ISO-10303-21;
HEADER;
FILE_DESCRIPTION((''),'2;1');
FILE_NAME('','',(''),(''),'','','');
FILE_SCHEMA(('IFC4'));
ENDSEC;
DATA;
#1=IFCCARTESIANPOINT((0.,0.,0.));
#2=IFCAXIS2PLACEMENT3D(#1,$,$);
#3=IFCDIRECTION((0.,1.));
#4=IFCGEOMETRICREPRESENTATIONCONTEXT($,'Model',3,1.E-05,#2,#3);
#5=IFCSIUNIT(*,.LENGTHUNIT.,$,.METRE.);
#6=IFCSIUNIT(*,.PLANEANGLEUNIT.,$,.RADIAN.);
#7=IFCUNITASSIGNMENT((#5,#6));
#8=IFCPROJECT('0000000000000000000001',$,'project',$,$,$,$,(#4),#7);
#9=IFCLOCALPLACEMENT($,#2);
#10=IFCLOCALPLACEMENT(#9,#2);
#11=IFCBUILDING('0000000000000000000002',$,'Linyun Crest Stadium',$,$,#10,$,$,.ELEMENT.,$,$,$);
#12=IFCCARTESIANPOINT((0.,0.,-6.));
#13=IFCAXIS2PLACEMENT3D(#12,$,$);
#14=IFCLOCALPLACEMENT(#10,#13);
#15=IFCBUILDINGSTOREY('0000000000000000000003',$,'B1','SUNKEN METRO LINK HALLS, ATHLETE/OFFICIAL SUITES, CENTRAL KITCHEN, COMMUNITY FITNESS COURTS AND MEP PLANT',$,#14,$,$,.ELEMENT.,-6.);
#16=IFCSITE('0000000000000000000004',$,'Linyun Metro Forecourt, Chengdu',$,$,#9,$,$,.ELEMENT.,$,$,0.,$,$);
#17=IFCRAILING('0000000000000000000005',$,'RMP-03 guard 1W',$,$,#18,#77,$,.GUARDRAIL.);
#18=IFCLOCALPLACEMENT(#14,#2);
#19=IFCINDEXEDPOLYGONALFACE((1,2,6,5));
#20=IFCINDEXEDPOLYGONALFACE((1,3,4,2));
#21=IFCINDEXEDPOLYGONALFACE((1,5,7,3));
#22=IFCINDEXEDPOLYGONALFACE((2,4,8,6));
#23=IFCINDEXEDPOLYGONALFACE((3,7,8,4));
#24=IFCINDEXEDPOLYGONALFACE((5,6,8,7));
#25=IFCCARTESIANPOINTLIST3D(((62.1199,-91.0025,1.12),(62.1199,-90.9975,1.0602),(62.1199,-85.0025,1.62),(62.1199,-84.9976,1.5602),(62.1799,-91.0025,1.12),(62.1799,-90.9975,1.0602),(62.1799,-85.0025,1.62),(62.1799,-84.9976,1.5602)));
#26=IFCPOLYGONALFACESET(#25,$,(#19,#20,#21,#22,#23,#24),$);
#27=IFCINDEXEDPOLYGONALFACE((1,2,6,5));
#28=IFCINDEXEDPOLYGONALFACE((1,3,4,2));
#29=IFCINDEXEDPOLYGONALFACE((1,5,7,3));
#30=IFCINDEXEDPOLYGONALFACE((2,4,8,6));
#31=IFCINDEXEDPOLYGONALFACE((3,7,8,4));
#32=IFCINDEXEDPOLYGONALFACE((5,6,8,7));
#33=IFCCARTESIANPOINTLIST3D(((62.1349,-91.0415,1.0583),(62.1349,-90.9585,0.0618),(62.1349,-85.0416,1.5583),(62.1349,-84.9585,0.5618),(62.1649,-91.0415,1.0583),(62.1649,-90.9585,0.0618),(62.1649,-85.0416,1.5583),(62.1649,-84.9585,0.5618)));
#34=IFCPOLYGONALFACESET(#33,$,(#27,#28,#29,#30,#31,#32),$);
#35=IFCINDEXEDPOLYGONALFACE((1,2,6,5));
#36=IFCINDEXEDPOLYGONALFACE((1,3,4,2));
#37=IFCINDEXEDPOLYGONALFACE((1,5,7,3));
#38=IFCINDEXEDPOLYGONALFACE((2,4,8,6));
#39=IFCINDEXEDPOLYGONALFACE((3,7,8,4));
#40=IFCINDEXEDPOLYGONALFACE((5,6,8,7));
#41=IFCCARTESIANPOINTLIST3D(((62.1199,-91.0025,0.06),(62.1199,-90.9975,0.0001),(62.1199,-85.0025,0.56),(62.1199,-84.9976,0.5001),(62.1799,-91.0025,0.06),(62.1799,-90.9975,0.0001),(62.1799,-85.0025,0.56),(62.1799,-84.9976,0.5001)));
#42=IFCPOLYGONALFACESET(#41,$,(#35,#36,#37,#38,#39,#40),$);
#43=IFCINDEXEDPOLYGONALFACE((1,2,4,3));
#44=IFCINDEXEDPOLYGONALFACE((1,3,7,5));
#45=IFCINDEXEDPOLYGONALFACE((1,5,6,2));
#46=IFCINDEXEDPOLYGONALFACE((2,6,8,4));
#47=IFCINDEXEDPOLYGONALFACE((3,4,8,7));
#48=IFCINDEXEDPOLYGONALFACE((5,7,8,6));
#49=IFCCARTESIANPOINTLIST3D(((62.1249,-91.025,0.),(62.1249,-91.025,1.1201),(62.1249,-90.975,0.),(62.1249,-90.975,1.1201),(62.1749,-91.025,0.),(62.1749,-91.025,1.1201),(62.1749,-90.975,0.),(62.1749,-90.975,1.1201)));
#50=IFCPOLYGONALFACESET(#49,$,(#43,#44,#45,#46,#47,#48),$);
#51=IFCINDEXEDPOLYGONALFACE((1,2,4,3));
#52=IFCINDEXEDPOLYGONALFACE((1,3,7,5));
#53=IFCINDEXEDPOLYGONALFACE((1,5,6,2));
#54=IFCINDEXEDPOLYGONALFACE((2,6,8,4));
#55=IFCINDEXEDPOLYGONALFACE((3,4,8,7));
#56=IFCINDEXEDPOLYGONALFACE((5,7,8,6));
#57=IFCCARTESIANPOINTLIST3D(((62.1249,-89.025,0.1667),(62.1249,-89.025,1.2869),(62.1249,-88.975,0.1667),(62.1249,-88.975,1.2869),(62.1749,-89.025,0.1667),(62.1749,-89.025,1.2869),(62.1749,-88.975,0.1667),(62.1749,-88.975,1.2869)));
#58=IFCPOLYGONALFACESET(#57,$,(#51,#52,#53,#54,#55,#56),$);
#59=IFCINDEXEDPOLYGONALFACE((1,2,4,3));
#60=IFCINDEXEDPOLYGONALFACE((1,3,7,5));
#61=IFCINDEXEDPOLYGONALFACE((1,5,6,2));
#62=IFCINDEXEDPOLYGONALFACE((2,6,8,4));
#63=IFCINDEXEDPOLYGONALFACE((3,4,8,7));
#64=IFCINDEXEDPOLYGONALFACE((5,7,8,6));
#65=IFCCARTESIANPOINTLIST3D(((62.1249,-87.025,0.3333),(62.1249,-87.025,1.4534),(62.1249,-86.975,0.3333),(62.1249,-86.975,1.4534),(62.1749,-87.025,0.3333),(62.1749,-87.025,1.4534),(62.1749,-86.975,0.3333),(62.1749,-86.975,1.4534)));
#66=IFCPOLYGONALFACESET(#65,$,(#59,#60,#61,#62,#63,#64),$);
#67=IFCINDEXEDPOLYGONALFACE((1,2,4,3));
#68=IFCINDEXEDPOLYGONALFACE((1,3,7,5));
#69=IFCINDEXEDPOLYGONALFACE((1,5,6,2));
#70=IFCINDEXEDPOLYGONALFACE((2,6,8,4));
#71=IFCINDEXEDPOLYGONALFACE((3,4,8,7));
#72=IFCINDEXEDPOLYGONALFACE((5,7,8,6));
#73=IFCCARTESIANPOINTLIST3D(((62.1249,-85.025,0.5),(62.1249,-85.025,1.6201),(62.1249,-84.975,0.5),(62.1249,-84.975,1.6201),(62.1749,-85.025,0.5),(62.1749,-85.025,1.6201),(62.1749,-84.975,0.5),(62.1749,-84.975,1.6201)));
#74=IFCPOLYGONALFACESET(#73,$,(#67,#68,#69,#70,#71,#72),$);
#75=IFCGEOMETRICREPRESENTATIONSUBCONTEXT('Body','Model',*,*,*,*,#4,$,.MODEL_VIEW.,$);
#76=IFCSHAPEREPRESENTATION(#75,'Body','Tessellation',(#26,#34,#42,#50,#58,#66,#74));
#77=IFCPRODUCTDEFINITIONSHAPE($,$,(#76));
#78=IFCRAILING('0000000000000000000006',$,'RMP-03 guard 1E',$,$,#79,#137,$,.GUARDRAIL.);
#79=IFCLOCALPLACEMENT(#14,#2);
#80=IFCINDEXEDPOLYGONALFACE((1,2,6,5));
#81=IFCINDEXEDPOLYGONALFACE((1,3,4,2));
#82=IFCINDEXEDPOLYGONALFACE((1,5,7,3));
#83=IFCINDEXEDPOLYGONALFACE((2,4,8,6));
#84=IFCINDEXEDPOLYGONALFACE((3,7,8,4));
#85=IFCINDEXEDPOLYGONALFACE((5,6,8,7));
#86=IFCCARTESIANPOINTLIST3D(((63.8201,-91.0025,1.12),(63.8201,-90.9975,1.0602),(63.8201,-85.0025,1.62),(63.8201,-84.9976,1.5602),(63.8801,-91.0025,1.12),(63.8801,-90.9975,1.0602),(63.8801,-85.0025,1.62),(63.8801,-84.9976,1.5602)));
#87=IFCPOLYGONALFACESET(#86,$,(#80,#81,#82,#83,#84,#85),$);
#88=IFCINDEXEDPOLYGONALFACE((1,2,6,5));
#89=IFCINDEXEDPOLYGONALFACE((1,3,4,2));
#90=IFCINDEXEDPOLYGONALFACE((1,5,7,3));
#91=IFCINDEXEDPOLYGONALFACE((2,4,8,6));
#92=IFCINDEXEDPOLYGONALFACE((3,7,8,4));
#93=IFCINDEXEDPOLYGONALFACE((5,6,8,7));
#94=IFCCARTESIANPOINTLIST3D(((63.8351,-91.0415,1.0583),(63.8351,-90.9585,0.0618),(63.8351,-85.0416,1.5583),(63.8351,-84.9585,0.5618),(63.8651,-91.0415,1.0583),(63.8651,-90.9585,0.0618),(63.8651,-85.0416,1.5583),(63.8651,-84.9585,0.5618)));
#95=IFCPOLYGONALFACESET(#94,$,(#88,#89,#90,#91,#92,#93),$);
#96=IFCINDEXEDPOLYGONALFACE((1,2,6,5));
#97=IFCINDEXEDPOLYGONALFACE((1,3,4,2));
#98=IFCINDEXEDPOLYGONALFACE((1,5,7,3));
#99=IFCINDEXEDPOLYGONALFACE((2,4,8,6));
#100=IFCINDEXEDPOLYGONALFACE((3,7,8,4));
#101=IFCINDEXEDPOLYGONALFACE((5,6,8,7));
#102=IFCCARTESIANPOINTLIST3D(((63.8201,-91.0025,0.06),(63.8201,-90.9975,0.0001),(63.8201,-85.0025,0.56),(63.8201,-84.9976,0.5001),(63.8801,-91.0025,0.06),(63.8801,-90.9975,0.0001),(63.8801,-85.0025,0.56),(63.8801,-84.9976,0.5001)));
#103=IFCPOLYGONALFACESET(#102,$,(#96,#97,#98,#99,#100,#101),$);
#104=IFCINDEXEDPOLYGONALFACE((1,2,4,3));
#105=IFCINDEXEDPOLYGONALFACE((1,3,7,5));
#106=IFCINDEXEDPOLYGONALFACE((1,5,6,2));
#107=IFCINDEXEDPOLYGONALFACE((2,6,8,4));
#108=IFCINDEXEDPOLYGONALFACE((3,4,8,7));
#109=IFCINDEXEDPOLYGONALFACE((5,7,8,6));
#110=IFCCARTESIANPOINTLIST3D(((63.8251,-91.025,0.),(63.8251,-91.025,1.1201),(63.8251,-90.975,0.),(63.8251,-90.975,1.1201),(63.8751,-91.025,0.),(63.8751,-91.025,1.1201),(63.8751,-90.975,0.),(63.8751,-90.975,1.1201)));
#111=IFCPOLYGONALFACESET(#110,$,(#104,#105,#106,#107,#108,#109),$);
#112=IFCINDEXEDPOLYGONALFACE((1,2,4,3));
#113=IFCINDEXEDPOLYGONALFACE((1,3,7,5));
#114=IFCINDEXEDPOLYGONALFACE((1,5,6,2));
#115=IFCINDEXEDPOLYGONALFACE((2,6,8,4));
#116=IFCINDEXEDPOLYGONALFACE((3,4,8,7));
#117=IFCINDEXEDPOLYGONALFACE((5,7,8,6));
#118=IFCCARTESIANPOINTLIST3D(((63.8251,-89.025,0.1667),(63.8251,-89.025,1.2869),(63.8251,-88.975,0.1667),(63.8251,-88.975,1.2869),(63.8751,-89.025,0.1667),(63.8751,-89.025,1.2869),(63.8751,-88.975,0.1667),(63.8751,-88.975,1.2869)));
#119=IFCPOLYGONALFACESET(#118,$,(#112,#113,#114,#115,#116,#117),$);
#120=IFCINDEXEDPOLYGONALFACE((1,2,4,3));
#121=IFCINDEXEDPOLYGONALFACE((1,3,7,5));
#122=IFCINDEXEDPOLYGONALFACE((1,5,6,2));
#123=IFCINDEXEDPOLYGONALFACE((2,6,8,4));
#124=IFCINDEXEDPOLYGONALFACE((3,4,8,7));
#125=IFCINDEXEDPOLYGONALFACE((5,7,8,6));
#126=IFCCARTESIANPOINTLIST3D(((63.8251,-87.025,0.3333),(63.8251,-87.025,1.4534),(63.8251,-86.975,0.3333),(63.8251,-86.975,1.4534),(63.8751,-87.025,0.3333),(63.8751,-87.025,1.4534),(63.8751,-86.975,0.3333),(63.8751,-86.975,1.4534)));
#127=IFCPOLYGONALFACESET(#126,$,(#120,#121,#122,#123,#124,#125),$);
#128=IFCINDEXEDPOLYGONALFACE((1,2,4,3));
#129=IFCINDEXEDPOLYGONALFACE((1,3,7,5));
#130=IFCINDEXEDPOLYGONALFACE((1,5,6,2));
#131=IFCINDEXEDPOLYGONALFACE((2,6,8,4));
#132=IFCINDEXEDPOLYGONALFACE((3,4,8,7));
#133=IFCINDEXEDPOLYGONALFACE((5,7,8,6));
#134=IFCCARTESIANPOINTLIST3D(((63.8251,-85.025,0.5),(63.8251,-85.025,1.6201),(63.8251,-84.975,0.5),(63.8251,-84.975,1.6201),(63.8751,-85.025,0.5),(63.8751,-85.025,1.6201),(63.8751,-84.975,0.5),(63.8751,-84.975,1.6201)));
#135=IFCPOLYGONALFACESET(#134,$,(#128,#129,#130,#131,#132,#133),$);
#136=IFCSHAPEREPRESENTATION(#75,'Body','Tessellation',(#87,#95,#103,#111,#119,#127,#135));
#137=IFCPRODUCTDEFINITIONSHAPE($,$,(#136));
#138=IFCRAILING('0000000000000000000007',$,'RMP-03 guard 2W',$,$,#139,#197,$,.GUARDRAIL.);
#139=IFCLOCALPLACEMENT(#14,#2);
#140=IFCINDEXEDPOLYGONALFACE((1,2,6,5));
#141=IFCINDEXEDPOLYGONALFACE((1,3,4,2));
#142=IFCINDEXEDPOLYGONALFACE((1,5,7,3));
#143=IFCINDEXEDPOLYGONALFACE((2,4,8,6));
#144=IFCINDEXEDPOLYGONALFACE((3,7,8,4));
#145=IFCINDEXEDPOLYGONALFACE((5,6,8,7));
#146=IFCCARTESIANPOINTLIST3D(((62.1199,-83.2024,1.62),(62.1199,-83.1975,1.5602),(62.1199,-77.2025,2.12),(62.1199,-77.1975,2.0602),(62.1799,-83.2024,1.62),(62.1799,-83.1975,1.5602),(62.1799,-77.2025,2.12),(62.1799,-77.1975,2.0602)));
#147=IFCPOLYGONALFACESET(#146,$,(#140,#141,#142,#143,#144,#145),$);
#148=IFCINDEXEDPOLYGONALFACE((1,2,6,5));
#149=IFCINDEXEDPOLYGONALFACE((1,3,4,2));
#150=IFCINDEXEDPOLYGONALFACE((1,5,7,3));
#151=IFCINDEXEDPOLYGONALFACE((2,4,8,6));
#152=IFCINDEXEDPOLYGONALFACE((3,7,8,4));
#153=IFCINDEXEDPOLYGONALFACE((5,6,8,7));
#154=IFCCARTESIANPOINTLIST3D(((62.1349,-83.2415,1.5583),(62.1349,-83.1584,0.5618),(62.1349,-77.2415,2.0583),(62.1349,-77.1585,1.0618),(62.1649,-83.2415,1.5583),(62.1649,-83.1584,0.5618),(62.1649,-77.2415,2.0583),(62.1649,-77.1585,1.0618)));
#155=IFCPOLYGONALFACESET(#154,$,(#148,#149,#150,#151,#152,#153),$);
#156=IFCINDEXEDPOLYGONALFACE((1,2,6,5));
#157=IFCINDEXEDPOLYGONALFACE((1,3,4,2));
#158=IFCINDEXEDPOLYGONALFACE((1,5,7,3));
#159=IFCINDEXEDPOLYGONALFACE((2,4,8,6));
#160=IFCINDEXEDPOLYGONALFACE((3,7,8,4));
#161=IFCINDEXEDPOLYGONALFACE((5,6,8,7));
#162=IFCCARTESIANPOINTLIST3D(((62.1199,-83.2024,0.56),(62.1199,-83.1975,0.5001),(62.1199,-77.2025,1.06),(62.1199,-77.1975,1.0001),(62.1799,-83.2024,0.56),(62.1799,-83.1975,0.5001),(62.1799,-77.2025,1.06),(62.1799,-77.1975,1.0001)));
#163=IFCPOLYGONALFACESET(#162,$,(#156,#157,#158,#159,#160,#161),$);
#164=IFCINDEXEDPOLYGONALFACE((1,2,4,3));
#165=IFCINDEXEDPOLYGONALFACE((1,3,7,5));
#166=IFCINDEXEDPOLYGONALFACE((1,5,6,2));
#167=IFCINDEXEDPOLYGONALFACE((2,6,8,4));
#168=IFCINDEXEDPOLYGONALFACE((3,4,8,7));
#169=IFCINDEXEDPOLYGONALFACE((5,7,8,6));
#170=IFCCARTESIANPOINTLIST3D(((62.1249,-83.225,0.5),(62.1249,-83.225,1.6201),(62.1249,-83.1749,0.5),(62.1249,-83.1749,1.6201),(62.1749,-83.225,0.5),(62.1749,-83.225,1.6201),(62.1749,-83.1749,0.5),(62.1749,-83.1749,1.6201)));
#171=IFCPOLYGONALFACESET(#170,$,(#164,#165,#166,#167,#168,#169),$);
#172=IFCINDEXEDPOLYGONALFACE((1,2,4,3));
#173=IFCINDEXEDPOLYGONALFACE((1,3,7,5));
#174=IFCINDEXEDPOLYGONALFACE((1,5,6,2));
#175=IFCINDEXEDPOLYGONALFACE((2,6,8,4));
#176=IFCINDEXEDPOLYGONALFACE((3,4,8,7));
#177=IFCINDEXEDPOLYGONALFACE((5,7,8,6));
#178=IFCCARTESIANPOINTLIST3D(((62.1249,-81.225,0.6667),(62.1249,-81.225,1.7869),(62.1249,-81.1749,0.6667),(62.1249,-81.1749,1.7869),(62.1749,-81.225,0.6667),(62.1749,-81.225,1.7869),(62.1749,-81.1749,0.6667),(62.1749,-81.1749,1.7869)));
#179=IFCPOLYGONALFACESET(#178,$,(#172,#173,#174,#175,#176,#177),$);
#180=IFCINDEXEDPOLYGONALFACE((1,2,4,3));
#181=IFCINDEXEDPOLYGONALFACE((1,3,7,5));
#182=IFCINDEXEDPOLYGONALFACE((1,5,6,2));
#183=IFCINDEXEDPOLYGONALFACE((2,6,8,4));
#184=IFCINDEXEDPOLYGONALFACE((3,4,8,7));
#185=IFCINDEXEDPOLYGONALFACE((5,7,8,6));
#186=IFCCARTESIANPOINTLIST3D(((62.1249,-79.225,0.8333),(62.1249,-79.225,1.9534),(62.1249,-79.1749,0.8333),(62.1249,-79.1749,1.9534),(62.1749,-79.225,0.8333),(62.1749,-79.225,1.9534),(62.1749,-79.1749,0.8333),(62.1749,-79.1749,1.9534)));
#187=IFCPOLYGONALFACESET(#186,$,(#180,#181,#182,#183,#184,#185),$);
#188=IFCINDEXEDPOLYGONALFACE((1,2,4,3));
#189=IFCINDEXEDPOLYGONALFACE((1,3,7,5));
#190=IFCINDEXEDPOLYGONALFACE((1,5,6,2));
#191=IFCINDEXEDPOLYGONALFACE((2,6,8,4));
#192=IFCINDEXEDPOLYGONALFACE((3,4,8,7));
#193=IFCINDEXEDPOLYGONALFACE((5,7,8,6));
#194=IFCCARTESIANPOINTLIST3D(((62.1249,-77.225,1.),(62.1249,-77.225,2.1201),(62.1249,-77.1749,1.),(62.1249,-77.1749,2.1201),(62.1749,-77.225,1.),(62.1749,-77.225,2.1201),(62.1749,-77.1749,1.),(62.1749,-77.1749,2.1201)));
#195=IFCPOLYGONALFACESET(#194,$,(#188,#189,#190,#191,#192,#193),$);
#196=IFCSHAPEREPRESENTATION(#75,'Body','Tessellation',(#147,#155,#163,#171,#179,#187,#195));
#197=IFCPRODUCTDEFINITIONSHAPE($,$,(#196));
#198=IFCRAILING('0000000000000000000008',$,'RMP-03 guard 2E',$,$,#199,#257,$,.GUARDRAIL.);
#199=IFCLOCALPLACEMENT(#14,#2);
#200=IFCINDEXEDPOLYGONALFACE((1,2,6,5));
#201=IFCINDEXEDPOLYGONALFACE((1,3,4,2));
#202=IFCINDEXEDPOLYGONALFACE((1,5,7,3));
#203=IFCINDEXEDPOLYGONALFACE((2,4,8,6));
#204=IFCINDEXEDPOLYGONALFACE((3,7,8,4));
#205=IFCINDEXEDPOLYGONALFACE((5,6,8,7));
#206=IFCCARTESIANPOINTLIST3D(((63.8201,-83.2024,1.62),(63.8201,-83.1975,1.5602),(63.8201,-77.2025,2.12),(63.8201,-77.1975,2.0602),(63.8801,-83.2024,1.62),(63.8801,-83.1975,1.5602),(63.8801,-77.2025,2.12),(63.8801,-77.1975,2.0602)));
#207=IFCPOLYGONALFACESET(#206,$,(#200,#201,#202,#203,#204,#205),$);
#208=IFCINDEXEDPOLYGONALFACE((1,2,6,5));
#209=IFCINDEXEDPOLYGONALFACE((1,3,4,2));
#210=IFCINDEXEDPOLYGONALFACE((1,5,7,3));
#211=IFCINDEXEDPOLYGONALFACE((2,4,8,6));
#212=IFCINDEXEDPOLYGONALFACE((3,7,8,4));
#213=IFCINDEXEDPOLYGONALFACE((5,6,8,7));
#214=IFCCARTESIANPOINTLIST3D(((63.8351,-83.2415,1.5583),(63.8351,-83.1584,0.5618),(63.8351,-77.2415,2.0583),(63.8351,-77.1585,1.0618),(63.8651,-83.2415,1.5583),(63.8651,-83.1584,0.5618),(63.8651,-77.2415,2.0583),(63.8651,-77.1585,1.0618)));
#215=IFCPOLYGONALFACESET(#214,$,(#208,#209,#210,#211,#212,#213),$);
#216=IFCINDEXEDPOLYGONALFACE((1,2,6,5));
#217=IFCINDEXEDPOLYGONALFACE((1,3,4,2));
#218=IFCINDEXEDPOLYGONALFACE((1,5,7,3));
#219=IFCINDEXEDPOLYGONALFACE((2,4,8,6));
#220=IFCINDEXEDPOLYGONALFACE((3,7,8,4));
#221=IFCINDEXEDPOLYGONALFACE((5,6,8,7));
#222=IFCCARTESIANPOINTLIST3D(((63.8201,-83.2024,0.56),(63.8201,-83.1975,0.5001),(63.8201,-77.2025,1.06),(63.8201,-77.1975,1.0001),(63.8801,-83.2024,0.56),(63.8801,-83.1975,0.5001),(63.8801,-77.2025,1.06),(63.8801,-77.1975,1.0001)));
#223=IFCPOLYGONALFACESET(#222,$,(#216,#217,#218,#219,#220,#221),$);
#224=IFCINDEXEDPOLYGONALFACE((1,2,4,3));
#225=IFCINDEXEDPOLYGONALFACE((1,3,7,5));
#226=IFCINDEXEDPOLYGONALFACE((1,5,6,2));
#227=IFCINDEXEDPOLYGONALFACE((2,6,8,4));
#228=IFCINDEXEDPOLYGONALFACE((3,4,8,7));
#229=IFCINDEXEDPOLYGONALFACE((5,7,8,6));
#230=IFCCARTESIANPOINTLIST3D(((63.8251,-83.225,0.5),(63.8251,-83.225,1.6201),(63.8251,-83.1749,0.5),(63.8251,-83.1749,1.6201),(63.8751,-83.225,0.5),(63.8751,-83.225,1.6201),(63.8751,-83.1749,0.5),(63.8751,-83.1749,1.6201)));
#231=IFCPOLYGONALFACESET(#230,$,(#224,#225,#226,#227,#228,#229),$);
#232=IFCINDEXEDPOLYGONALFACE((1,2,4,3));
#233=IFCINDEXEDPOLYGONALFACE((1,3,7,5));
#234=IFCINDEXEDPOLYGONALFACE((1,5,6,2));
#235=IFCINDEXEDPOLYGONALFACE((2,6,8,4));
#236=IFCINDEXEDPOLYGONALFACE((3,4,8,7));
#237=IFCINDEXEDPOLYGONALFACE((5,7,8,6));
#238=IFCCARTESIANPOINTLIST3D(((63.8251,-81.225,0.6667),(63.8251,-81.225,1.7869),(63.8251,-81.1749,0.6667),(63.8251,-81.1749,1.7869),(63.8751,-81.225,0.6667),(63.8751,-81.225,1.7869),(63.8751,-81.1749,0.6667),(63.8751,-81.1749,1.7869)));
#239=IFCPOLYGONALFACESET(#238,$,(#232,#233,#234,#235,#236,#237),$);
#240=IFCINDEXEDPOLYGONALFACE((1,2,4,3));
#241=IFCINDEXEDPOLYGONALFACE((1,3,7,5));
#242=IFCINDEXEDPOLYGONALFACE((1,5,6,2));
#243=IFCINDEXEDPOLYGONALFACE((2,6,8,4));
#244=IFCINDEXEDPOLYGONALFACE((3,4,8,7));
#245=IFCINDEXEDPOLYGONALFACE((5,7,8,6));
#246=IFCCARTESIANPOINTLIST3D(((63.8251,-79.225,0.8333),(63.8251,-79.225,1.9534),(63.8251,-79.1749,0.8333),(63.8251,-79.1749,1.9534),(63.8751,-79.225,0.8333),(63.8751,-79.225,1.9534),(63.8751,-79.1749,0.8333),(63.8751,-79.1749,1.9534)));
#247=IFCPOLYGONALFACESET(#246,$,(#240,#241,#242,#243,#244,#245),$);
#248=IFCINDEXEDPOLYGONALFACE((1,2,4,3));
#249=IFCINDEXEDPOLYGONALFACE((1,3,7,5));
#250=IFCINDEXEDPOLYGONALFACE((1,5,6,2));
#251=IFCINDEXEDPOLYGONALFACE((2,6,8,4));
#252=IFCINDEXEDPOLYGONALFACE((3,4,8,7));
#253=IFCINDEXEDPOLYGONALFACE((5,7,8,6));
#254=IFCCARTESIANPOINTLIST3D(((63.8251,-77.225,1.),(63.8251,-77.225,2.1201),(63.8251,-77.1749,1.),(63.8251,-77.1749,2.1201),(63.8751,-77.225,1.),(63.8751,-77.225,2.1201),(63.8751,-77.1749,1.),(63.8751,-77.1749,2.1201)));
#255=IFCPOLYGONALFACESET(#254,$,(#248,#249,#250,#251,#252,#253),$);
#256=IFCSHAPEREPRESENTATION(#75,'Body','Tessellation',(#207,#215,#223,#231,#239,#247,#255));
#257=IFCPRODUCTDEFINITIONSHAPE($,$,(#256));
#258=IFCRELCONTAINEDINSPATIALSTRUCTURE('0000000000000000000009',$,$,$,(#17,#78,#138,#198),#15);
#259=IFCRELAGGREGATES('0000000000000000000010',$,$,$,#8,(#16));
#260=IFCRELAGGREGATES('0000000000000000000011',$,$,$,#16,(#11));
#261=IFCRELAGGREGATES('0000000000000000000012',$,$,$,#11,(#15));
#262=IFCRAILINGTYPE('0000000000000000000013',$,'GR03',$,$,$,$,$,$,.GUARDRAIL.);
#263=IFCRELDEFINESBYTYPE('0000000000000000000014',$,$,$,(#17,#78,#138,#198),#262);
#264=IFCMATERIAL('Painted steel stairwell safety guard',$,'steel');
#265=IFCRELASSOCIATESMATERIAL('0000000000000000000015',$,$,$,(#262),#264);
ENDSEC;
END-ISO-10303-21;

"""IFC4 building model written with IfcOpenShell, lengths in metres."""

from ifc_helpers import new_model, si_unit, direction, frame, origin, origin_2d, place, context, subcontext, project, spatial, rectangle, extrude, material, type_object, element, save


model = new_model("IFC4")

# Units and contexts
model_context = context("Model", 3, precision=1e-05, world=origin(), true_north=direction((0.0, 1.0)))
body_context = subcontext(model_context, "Body", "Model", "MODEL_VIEW")
ifc_project = project(units=[si_unit("LENGTHUNIT", "METRE"), si_unit("PLANEANGLEUNIT", "RADIAN")], contexts=[model_context])

# Site, building, storey
site_placement = place(None, origin())
site = spatial("IfcSite", under=ifc_project, at=site_placement, Name="Linyun Metro Forecourt, Chengdu", CompositionType="ELEMENT", RefElevation=0.0)
building_placement = place(site_placement, origin())
building = spatial("IfcBuilding", under=site, at=building_placement, Name="Linyun Crest Stadium", CompositionType="ELEMENT")
storey_placement = place(building_placement, frame((0.0, 0.0, -6.0)))
storey = spatial("IfcBuildingStorey", under=building, at=storey_placement, Name="B1", Description="SUNKEN METRO LINK HALLS, ATHLETE/OFFICIAL SUITES, CENTRAL KITCHEN, COMMUNITY FITNESS COURTS AND MEP PLANT", CompositionType="ELEMENT", Elevation=-6.0)

# Railings
ifc_material_1 = material(Name="Painted steel stairwell safety guard", Category="steel")
railing_type_1 = type_object("IfcRailingType", Name="GR03", PredefinedType="GUARDRAIL", material=ifc_material_1)
for number, where, name in (
    (1, (62.1499, -91.0, 0.0), "RMP-03 guard 1W"),
    (2, (63.8501, -91.0, 0.0), "RMP-03 guard 1E"),
    (3, (62.1499, -83.2, 0.5), "RMP-03 guard 2W"),
    (4, (63.8501, -83.2, 0.5), "RMP-03 guard 2E"),
):
    element("IfcRailing", number, at=place(storey_placement, frame(where)), inside=storey, type_object=railing_type_1, Name=name, PredefinedType="GUARDRAIL", context=body_context, shape_type="SweptSolid", body=[
        extrude(rectangle(XDim=0.0601, YDim=0.0601, at=origin_2d()), frame((0.0, 0.0, 1.0901), z_axis=(0.0, 0.996546, 0.083045), x_axis=(-1.0, 0.0, 0.0)), (0.0, 0.0, 1.0), 6.0208),
        extrude(rectangle(XDim=0.03, YDim=1.0, at=origin_2d()), frame((0.0, 0.0, 0.5601), z_axis=(0.0, 0.996546, 0.083045), x_axis=(-1.0, 0.0, 0.0)), (0.0, 0.0, 1.0), 6.0208),
        extrude(rectangle(XDim=0.0601, YDim=0.0601, at=origin_2d()), frame((0.0, 0.0, 0.03), z_axis=(0.0, 0.996546, 0.083045), x_axis=(-1.0, 0.0, 0.0)), (0.0, 0.0, 1.0), 6.0208),
        extrude(rectangle(XDim=0.05, YDim=0.05, at=origin_2d()), origin(), (0.0, 0.0, 1.0), 1.1201),
        extrude(rectangle(XDim=0.05, YDim=0.05, at=origin_2d()), frame((0.0, 2.0, 0.1667)), (0.0, 0.0, 1.0), 1.1201),
        extrude(rectangle(XDim=0.05, YDim=0.05, at=origin_2d()), frame((0.0, 4.0, 0.3333)), (0.0, 0.0, 1.0), 1.1201),
        extrude(rectangle(XDim=0.05, YDim=0.05, at=origin_2d()), frame((0.0, 6.0, 0.5)), (0.0, 0.0, 1.0), 1.1201),
    ])

save(model, "model.ifc")
